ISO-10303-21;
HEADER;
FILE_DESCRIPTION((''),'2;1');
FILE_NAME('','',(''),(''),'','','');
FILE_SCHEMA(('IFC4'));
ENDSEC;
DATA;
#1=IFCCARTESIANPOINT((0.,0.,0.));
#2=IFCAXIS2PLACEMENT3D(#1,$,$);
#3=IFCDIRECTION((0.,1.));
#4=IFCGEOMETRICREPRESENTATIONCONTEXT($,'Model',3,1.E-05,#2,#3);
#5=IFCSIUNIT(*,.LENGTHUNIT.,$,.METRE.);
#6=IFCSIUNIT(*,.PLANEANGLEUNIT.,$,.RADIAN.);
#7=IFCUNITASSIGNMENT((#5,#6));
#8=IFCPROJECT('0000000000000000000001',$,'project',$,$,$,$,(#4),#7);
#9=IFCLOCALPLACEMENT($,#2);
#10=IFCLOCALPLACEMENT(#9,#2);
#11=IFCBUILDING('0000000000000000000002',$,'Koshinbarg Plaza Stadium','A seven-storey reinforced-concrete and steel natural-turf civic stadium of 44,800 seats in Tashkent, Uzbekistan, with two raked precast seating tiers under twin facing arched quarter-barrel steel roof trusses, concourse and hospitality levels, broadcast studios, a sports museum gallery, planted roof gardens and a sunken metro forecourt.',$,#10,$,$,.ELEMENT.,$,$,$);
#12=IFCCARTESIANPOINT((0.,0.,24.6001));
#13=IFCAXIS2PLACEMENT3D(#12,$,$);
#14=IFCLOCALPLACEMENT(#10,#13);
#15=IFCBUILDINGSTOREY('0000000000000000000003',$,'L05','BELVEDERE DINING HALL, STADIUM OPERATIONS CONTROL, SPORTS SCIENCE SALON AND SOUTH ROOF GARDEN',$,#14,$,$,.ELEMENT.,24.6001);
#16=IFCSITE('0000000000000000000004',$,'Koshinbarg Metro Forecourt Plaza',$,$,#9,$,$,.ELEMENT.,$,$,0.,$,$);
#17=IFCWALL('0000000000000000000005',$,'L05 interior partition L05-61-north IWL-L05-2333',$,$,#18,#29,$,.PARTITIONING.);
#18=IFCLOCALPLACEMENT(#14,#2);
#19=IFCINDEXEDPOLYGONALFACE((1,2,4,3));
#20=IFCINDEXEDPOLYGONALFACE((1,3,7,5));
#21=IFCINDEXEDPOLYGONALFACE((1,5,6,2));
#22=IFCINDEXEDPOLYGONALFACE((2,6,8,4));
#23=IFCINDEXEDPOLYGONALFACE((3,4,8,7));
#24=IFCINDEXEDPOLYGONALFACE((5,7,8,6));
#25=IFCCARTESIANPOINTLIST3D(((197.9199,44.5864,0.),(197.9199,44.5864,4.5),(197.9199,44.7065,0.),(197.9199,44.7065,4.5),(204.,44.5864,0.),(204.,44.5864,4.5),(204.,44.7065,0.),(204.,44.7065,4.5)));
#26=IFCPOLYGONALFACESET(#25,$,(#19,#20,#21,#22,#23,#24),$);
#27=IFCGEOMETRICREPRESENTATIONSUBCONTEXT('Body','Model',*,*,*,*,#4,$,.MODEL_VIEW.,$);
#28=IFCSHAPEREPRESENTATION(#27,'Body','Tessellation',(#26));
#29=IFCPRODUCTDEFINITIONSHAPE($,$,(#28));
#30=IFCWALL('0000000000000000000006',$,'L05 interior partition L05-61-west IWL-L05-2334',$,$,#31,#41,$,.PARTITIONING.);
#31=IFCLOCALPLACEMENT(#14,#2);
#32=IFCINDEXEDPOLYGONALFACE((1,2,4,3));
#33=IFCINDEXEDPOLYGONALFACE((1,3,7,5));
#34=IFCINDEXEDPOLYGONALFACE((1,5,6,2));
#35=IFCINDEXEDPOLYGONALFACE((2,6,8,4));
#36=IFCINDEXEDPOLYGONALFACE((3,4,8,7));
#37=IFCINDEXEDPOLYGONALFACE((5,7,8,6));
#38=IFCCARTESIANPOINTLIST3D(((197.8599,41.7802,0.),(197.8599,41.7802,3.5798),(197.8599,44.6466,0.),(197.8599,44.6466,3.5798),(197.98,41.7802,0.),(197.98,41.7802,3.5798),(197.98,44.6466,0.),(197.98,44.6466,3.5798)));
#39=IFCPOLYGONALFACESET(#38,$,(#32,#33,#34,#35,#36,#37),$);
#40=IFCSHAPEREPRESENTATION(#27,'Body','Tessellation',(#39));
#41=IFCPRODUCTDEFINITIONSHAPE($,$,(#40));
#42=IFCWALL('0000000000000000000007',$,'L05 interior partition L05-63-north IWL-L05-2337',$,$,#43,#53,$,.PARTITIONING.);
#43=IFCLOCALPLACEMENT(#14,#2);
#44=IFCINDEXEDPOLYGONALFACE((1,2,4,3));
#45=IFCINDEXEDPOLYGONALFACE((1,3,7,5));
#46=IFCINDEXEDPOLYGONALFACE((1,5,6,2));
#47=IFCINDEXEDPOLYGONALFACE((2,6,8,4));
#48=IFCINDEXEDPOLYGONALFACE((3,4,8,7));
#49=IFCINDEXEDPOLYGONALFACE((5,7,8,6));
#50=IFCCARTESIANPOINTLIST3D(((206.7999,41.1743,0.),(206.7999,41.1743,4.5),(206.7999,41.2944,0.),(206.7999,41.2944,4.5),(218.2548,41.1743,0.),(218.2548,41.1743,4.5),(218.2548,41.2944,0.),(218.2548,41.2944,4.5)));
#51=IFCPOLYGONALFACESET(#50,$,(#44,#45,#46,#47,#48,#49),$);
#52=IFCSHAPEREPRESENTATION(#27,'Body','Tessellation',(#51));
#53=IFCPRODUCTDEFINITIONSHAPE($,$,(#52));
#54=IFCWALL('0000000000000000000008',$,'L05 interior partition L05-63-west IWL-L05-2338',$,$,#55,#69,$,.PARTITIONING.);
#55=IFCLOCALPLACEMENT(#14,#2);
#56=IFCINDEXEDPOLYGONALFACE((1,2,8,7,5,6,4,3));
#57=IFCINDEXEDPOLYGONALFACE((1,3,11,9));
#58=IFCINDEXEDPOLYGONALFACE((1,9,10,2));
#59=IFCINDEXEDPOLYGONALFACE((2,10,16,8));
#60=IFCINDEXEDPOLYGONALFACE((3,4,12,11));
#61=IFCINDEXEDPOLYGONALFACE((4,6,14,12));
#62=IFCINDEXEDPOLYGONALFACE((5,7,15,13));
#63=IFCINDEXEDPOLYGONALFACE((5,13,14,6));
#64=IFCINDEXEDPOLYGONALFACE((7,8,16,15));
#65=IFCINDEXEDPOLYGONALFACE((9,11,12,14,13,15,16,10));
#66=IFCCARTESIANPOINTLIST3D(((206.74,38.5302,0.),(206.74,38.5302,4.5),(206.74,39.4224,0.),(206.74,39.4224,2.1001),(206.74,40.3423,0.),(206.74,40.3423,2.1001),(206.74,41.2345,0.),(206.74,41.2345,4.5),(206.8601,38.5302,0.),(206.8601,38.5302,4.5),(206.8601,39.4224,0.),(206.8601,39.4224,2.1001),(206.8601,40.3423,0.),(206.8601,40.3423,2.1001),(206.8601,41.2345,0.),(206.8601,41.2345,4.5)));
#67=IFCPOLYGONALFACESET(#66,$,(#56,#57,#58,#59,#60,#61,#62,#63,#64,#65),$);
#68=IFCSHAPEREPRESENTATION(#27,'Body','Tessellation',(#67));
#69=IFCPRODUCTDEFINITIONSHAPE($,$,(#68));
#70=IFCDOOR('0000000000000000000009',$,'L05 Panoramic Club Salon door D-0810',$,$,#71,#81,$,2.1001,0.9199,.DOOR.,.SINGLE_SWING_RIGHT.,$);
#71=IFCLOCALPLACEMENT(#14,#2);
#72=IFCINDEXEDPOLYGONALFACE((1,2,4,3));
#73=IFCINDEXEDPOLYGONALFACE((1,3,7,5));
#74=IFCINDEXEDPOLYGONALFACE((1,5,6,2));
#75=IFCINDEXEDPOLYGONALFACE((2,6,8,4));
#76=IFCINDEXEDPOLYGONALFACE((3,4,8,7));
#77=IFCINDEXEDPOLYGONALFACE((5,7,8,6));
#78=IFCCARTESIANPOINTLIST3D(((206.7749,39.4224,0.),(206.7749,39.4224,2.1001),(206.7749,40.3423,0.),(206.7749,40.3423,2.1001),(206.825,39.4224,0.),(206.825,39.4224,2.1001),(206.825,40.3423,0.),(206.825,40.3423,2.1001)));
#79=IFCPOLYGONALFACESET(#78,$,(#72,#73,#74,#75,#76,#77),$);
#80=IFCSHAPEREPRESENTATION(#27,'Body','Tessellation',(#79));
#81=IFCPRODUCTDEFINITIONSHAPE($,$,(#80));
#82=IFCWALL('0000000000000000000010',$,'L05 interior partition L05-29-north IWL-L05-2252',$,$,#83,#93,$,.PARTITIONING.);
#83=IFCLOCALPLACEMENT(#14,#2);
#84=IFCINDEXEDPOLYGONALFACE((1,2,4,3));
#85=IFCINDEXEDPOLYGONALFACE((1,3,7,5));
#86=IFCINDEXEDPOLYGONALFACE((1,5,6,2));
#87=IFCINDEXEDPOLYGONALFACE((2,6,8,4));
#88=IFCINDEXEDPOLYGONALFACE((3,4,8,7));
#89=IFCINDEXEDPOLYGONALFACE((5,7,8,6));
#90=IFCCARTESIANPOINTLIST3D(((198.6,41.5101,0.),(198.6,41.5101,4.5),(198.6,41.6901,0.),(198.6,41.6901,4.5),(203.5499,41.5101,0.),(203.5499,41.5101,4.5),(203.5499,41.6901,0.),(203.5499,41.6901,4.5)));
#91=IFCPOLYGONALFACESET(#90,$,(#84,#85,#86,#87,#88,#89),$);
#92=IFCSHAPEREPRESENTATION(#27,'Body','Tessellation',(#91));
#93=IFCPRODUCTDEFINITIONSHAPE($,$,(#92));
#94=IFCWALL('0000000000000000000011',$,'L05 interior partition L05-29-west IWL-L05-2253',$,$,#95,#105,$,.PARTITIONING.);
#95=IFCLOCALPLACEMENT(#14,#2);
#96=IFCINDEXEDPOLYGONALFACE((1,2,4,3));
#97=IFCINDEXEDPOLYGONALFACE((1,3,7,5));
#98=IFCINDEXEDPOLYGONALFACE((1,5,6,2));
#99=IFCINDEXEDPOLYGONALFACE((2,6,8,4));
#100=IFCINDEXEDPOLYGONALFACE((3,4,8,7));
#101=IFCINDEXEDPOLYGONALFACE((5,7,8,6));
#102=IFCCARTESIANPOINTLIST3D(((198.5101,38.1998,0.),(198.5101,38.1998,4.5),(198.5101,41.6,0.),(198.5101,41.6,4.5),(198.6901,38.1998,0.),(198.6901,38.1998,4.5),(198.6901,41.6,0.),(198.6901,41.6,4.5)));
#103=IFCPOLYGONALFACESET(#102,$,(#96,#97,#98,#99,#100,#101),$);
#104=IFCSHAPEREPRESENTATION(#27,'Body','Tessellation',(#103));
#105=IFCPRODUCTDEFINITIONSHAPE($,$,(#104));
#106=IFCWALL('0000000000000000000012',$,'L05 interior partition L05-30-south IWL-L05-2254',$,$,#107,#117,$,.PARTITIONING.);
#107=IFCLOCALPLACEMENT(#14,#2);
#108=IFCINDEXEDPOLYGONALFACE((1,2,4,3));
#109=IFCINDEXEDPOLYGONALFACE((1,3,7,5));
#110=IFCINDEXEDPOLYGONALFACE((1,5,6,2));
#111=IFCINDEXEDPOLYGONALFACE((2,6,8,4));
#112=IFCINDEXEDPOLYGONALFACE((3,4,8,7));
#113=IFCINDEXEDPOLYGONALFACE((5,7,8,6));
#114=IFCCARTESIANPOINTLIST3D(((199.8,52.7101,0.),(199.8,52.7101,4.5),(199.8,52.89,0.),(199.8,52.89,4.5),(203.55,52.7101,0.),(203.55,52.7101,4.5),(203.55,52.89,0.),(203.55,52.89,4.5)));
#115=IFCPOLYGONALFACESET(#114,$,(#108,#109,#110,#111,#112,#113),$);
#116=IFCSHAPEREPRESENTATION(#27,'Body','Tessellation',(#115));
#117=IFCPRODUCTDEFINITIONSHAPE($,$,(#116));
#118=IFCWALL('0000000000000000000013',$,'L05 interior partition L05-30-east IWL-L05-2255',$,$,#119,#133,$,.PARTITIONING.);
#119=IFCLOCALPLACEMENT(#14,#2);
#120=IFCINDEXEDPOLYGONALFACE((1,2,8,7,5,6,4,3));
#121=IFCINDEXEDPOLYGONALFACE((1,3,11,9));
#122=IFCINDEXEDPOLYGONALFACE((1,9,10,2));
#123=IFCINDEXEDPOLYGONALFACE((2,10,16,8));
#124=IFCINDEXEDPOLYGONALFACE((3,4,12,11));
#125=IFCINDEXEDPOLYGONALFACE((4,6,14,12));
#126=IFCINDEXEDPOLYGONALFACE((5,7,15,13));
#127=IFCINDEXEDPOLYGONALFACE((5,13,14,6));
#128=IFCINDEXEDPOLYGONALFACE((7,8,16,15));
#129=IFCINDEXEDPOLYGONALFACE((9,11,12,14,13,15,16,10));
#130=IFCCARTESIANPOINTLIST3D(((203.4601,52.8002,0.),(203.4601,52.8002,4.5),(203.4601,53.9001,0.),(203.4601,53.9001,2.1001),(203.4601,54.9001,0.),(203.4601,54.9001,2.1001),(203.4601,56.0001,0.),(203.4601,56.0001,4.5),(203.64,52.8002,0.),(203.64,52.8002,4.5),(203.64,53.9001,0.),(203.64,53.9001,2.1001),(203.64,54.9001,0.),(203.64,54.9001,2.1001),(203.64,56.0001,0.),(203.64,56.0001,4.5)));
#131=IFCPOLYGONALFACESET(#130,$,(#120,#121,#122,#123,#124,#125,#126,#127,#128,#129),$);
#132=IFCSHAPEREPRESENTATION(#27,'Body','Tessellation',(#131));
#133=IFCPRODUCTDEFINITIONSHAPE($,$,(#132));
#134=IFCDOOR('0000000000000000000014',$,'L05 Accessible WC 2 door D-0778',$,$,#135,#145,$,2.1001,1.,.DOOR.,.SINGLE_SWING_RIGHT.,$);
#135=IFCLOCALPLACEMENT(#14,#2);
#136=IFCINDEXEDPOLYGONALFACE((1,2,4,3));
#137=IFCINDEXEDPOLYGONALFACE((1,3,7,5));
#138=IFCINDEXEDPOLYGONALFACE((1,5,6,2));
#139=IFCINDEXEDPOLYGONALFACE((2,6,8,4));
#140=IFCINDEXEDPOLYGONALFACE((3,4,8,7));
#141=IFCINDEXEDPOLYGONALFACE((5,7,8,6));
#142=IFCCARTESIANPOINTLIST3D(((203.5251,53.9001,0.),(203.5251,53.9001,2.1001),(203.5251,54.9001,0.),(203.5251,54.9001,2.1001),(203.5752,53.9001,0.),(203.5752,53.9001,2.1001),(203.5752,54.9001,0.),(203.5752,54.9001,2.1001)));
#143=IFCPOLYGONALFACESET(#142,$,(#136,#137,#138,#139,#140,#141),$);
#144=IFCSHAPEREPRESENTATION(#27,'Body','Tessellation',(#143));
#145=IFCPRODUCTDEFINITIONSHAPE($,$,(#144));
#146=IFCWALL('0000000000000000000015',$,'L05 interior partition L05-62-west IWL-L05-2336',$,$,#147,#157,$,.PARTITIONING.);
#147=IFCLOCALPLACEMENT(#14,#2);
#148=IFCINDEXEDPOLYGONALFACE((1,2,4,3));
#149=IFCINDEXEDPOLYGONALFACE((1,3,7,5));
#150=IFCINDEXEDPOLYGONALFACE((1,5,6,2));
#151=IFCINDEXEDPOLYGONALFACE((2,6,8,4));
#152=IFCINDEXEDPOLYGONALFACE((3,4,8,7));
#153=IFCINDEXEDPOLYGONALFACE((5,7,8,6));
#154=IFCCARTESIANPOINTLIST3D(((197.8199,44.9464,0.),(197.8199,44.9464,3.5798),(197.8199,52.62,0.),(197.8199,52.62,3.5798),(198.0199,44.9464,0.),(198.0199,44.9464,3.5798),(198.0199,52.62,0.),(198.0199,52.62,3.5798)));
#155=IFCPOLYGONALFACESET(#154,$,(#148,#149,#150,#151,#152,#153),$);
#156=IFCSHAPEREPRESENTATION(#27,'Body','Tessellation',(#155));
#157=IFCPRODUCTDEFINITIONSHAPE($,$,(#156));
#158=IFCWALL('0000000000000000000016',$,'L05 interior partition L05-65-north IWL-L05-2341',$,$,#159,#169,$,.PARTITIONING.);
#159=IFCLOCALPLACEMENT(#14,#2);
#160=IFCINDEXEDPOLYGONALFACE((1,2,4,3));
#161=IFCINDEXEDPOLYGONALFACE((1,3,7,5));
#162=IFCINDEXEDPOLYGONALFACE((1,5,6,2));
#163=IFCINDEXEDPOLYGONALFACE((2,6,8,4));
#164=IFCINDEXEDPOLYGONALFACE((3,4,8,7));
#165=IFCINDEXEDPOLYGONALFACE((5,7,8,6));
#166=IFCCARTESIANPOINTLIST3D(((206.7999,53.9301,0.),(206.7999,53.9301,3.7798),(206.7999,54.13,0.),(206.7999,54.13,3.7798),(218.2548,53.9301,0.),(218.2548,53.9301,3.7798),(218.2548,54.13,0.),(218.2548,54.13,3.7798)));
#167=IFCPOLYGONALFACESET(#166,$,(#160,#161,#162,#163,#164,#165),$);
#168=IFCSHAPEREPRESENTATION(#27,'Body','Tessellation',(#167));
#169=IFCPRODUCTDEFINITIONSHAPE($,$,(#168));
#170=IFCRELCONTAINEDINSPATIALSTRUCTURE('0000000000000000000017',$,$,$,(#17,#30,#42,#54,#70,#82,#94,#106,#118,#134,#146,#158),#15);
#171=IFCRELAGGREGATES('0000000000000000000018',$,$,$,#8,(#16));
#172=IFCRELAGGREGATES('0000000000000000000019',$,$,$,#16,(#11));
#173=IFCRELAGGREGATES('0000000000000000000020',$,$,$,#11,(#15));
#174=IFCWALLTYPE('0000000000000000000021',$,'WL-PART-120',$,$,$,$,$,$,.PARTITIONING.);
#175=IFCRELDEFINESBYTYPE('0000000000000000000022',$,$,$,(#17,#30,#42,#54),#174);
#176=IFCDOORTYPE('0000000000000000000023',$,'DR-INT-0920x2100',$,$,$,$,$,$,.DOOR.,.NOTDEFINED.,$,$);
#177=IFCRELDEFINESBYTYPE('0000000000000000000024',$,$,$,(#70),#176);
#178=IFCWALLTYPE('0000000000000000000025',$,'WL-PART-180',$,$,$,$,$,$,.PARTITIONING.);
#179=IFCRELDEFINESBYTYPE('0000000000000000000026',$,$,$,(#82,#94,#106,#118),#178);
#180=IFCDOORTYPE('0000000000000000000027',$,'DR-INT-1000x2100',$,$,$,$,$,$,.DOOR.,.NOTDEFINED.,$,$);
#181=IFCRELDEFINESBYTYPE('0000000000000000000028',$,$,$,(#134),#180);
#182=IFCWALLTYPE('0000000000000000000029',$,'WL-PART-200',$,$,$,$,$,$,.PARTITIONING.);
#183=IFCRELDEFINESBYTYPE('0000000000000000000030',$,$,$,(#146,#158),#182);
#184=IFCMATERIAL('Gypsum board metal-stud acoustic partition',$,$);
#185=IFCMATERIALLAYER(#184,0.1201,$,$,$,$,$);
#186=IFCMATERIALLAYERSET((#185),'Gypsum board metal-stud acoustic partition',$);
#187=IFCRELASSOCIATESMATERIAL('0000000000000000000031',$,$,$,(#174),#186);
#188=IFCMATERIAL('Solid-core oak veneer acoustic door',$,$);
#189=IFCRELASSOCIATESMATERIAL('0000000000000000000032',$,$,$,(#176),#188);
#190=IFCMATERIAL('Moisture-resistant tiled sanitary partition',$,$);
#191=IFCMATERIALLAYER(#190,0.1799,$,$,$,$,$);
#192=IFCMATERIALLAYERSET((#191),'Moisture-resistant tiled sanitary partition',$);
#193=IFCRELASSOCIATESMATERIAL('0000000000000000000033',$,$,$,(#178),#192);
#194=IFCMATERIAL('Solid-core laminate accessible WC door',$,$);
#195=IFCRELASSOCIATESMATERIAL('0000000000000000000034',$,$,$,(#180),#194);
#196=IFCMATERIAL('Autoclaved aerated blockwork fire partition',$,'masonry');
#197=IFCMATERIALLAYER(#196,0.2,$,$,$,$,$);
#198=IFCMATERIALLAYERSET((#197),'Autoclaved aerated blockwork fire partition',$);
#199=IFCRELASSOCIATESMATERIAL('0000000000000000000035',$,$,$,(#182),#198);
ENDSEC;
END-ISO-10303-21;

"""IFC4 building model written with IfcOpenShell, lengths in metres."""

from ifc_helpers import new_model, si_unit, direction, frame, frame_2d, origin, place, context, subcontext, project, spatial, rectangle, extrude, material, layer, layer_set, type_object, element, fill, save


model = new_model("IFC4")

# Units and contexts
model_context = context("Model", 3, precision=1e-05, world=origin(), true_north=direction((0.0, 1.0)))
body_context = subcontext(model_context, "Body", "Model", "MODEL_VIEW")
ifc_project = project(units=[si_unit("LENGTHUNIT", "METRE"), si_unit("PLANEANGLEUNIT", "RADIAN")], contexts=[model_context])

# Site, building, storey
site_placement = place(None, origin())
site = spatial("IfcSite", under=ifc_project, at=site_placement, Name="Koshinbarg Metro Forecourt Plaza", CompositionType="ELEMENT", RefElevation=0.0)
building_placement = place(site_placement, origin())
building = spatial("IfcBuilding", under=site, at=building_placement, Name="Koshinbarg Plaza Stadium", Description="A seven-storey reinforced-concrete and steel natural-turf civic stadium of 44,800 seats in Tashkent, Uzbekistan, with two raked precast seating tiers under twin facing arched quarter-barrel steel roof trusses, concourse and hospitality levels, broadcast studios, a sports museum gallery, planted roof gardens and a sunken metro forecourt.", CompositionType="ELEMENT")
storey_placement = place(building_placement, frame((0.0, 0.0, 24.6001)))
storey = spatial("IfcBuildingStorey", under=building, at=storey_placement, Name="L05", Description="BELVEDERE DINING HALL, STADIUM OPERATIONS CONTROL, SPORTS SCIENCE SALON AND SOUTH ROOF GARDEN", CompositionType="ELEMENT", Elevation=24.6001)

# Shared definitions
ifc_material_1 = material(Name="Gypsum board metal-stud acoustic partition")
ifc_layer_1 = layer(ifc_material_1, 0.1201)
ifc_layer_set_1 = layer_set([ifc_layer_1], Name="Gypsum board metal-stud acoustic partition")
wall_type_1 = type_object("IfcWallType", Name="WL-PART-120", PredefinedType="PARTITIONING", material=ifc_layer_set_1)
ifc_material_2 = material(Name="Solid-core oak veneer acoustic door")

# Walls
wall_1_placement = place(storey_placement, frame((204.0, 44.6465, 0.0), z_axis=(0.0, 0.0, 1.0), x_axis=(-1.0, 0.0, 0.0)))
element("IfcWall", 1, at=wall_1_placement, inside=storey, type_object=wall_type_1, Name="L05 interior partition L05-61-north IWL-L05-2333", PredefinedType="PARTITIONING", context=body_context, shape_type="SweptSolid", body=[
    extrude(rectangle(XDim=6.0801, YDim=0.1201, at=frame_2d((3.04, 0.0))), origin(), (0.0, 0.0, 1.0), 4.5),
])
wall_2_placement = place(storey_placement, frame((197.9199, 44.6465, 0.0), z_axis=(0.0, 0.0, 1.0), x_axis=(0.0, -1.0, 0.0)))
element("IfcWall", 2, at=wall_2_placement, inside=storey, type_object=wall_type_1, Name="L05 interior partition L05-61-west IWL-L05-2334", PredefinedType="PARTITIONING", context=body_context, shape_type="SweptSolid", body=[
    extrude(rectangle(XDim=2.8665, YDim=0.1201, at=frame_2d((1.4331, 0.0))), origin(), (0.0, 0.0, 1.0), 3.5798),
])
wall_3_placement = place(storey_placement, frame((218.2549, 41.2344, 0.0), z_axis=(0.0, 0.0, 1.0), x_axis=(-1.0, 0.0, 0.0)))
element("IfcWall", 3, at=wall_3_placement, inside=storey, type_object=wall_type_1, Name="L05 interior partition L05-63-north IWL-L05-2337", PredefinedType="PARTITIONING", context=body_context, shape_type="SweptSolid", body=[
    extrude(rectangle(XDim=11.4548, YDim=0.1201, at=frame_2d((5.7275, 0.0))), origin(), (0.0, 0.0, 1.0), 4.5),
])

# Wall, opening, door
wall_4_placement = place(storey_placement, frame((206.8, 41.2344, 0.0), z_axis=(0.0, 0.0, 1.0), x_axis=(0.0, -1.0, 0.0)))
wall_4 = element("IfcWall", 4, at=wall_4_placement, inside=storey, type_object=wall_type_1, Name="L05 interior partition L05-63-west IWL-L05-2338", PredefinedType="PARTITIONING", context=body_context, shape_type="SweptSolid", body=[
    extrude(rectangle(XDim=2.7043, YDim=0.1201, at=frame_2d((1.3521, 0.0))), origin(), (0.0, 0.0, 1.0), 4.5),
])
opening_1_placement = place(wall_4_placement, frame((0.8921, 0.0, 0.0)))
opening_1 = element("IfcOpeningElement", 5, at=opening_1_placement, cuts=wall_4, PredefinedType="OPENING", context=body_context, shape_type="SweptSolid", body=[
    extrude(rectangle(XDim=0.9199, YDim=2.1001, at=frame_2d((0.46, 1.05))), frame((0.0, 0.0701, 0.0), z_axis=(0.0, -1.0, 0.0), x_axis=(1.0, 0.0, 0.0)), (0.0, 0.0, 1.0), 0.1401),
])
door_type_1 = type_object("IfcDoorType", Name="DR-INT-0920x2100", OperationType="NOTDEFINED", PredefinedType="DOOR", material=ifc_material_2)
door_1_placement = place(opening_1_placement, origin())
door_1 = element("IfcDoor", 6, at=door_1_placement, inside=storey, type_object=door_type_1, Name="L05 Panoramic Club Salon door D-0810", OperationType="SINGLE_SWING_RIGHT", OverallHeight=2.1001, OverallWidth=0.9199, PredefinedType="DOOR", context=body_context, shape_type="SweptSolid", body=[
    extrude(rectangle(XDim=0.9199, YDim=2.1001, at=frame_2d((0.46, 1.05))), frame((0.0, 0.0249, 0.0), z_axis=(0.0, -1.0, 0.0), x_axis=(1.0, 0.0, 0.0)), (0.0, 0.0, 1.0), 0.05),
])
fill(opening_1, door_1)

# Walls
ifc_material_3 = material(Name="Moisture-resistant tiled sanitary partition")
ifc_layer_2 = layer(ifc_material_3, 0.1799)
ifc_layer_set_2 = layer_set([ifc_layer_2], Name="Moisture-resistant tiled sanitary partition")
wall_type_2 = type_object("IfcWallType", Name="WL-PART-180", PredefinedType="PARTITIONING", material=ifc_layer_set_2)
wall_5_placement = place(storey_placement, frame((203.55, 41.6001, 0.0), z_axis=(0.0, 0.0, 1.0), x_axis=(-1.0, 0.0, 0.0)))
element("IfcWall", 7, at=wall_5_placement, inside=storey, type_object=wall_type_2, Name="L05 interior partition L05-29-north IWL-L05-2252", PredefinedType="PARTITIONING", context=body_context, shape_type="SweptSolid", body=[
    extrude(rectangle(XDim=4.95, YDim=0.1799, at=frame_2d((2.4751, 0.0))), origin(), (0.0, 0.0, 1.0), 4.5),
])
wall_6_placement = place(storey_placement, frame((198.6001, 41.6001, 0.0), z_axis=(0.0, 0.0, 1.0), x_axis=(0.0, -1.0, 0.0)))
element("IfcWall", 8, at=wall_6_placement, inside=storey, type_object=wall_type_2, Name="L05 interior partition L05-29-west IWL-L05-2253", PredefinedType="PARTITIONING", context=body_context, shape_type="SweptSolid", body=[
    extrude(rectangle(XDim=3.4001, YDim=0.1799, at=frame_2d((1.7002, 0.0))), origin(), (0.0, 0.0, 1.0), 4.5),
])
wall_7_placement = place(storey_placement, frame((199.8, 52.8, 0.0), z_axis=(0.0, 0.0, 1.0), x_axis=(1.0, 0.0, 0.0)))
element("IfcWall", 9, at=wall_7_placement, inside=storey, type_object=wall_type_2, Name="L05 interior partition L05-30-south IWL-L05-2254", PredefinedType="PARTITIONING", context=body_context, shape_type="SweptSolid", body=[
    extrude(rectangle(XDim=3.75, YDim=0.1799, at=frame_2d((1.875, 0.0))), origin(), (0.0, 0.0, 1.0), 4.5),
])

# Wall, opening, door
wall_8_placement = place(storey_placement, frame((203.55, 52.8, 0.0), z_axis=(0.0, 0.0, 1.0), x_axis=(0.0, 1.0, 0.0)))
wall_8 = element("IfcWall", 10, at=wall_8_placement, inside=storey, type_object=wall_type_2, Name="L05 interior partition L05-30-east IWL-L05-2255", PredefinedType="PARTITIONING", context=body_context, shape_type="SweptSolid", body=[
    extrude(rectangle(XDim=3.2, YDim=0.1799, at=frame_2d((1.6001, 0.0))), origin(), (0.0, 0.0, 1.0), 4.5),
])
opening_2_placement = place(wall_8_placement, frame((1.1001, 0.0, 0.0)))
opening_2 = element("IfcOpeningElement", 11, at=opening_2_placement, cuts=wall_8, PredefinedType="OPENING", context=body_context, shape_type="SweptSolid", body=[
    extrude(rectangle(XDim=1.0, YDim=2.1001, at=frame_2d((0.5, 1.05))), frame((0.0, 0.0999, 0.0), z_axis=(0.0, -1.0, 0.0), x_axis=(1.0, 0.0, 0.0)), (0.0, 0.0, 1.0), 0.2),
])
ifc_material_4 = material(Name="Solid-core laminate accessible WC door")
door_type_2 = type_object("IfcDoorType", Name="DR-INT-1000x2100", OperationType="NOTDEFINED", PredefinedType="DOOR", material=ifc_material_4)
door_2_placement = place(opening_2_placement, origin())
door_2 = element("IfcDoor", 12, at=door_2_placement, inside=storey, type_object=door_type_2, Name="L05 Accessible WC 2 door D-0778", OperationType="SINGLE_SWING_RIGHT", OverallHeight=2.1001, OverallWidth=1.0, PredefinedType="DOOR", context=body_context, shape_type="SweptSolid", body=[
    extrude(rectangle(XDim=1.0, YDim=2.1001, at=frame_2d((0.5, 1.05))), frame((0.0, 0.0249, 0.0), z_axis=(0.0, -1.0, 0.0), x_axis=(1.0, 0.0, 0.0)), (0.0, 0.0, 1.0), 0.05),
])
fill(opening_2, door_2)
ifc_material_5 = material(Name="Autoclaved aerated blockwork fire partition", Category="masonry")
ifc_layer_3 = layer(ifc_material_5, 0.2)
ifc_layer_set_3 = layer_set([ifc_layer_3], Name="Autoclaved aerated blockwork fire partition")
wall_type_3 = type_object("IfcWallType", Name="WL-PART-200", PredefinedType="PARTITIONING", material=ifc_layer_set_3)

# Walls
wall_9_placement = place(storey_placement, frame((197.9199, 52.6201, 0.0), z_axis=(0.0, 0.0, 1.0), x_axis=(0.0, -1.0, 0.0)))
element("IfcWall", 13, at=wall_9_placement, inside=storey, type_object=wall_type_3, Name="L05 interior partition L05-62-west IWL-L05-2336", PredefinedType="PARTITIONING", context=body_context, shape_type="SweptSolid", body=[
    extrude(rectangle(XDim=7.6736, YDim=0.2, at=frame_2d((3.8369, 0.0))), origin(), (0.0, 0.0, 1.0), 3.5798),
])
wall_10_placement = place(storey_placement, frame((218.2549, 54.03, 0.0), z_axis=(0.0, 0.0, 1.0), x_axis=(-1.0, 0.0, 0.0)))
element("IfcWall", 14, at=wall_10_placement, inside=storey, type_object=wall_type_3, Name="L05 interior partition L05-65-north IWL-L05-2341", PredefinedType="PARTITIONING", context=body_context, shape_type="SweptSolid", body=[
    extrude(rectangle(XDim=11.4548, YDim=0.2, at=frame_2d((5.7275, 0.0))), origin(), (0.0, 0.0, 1.0), 3.7798),
])

save(model, "model.ifc")
